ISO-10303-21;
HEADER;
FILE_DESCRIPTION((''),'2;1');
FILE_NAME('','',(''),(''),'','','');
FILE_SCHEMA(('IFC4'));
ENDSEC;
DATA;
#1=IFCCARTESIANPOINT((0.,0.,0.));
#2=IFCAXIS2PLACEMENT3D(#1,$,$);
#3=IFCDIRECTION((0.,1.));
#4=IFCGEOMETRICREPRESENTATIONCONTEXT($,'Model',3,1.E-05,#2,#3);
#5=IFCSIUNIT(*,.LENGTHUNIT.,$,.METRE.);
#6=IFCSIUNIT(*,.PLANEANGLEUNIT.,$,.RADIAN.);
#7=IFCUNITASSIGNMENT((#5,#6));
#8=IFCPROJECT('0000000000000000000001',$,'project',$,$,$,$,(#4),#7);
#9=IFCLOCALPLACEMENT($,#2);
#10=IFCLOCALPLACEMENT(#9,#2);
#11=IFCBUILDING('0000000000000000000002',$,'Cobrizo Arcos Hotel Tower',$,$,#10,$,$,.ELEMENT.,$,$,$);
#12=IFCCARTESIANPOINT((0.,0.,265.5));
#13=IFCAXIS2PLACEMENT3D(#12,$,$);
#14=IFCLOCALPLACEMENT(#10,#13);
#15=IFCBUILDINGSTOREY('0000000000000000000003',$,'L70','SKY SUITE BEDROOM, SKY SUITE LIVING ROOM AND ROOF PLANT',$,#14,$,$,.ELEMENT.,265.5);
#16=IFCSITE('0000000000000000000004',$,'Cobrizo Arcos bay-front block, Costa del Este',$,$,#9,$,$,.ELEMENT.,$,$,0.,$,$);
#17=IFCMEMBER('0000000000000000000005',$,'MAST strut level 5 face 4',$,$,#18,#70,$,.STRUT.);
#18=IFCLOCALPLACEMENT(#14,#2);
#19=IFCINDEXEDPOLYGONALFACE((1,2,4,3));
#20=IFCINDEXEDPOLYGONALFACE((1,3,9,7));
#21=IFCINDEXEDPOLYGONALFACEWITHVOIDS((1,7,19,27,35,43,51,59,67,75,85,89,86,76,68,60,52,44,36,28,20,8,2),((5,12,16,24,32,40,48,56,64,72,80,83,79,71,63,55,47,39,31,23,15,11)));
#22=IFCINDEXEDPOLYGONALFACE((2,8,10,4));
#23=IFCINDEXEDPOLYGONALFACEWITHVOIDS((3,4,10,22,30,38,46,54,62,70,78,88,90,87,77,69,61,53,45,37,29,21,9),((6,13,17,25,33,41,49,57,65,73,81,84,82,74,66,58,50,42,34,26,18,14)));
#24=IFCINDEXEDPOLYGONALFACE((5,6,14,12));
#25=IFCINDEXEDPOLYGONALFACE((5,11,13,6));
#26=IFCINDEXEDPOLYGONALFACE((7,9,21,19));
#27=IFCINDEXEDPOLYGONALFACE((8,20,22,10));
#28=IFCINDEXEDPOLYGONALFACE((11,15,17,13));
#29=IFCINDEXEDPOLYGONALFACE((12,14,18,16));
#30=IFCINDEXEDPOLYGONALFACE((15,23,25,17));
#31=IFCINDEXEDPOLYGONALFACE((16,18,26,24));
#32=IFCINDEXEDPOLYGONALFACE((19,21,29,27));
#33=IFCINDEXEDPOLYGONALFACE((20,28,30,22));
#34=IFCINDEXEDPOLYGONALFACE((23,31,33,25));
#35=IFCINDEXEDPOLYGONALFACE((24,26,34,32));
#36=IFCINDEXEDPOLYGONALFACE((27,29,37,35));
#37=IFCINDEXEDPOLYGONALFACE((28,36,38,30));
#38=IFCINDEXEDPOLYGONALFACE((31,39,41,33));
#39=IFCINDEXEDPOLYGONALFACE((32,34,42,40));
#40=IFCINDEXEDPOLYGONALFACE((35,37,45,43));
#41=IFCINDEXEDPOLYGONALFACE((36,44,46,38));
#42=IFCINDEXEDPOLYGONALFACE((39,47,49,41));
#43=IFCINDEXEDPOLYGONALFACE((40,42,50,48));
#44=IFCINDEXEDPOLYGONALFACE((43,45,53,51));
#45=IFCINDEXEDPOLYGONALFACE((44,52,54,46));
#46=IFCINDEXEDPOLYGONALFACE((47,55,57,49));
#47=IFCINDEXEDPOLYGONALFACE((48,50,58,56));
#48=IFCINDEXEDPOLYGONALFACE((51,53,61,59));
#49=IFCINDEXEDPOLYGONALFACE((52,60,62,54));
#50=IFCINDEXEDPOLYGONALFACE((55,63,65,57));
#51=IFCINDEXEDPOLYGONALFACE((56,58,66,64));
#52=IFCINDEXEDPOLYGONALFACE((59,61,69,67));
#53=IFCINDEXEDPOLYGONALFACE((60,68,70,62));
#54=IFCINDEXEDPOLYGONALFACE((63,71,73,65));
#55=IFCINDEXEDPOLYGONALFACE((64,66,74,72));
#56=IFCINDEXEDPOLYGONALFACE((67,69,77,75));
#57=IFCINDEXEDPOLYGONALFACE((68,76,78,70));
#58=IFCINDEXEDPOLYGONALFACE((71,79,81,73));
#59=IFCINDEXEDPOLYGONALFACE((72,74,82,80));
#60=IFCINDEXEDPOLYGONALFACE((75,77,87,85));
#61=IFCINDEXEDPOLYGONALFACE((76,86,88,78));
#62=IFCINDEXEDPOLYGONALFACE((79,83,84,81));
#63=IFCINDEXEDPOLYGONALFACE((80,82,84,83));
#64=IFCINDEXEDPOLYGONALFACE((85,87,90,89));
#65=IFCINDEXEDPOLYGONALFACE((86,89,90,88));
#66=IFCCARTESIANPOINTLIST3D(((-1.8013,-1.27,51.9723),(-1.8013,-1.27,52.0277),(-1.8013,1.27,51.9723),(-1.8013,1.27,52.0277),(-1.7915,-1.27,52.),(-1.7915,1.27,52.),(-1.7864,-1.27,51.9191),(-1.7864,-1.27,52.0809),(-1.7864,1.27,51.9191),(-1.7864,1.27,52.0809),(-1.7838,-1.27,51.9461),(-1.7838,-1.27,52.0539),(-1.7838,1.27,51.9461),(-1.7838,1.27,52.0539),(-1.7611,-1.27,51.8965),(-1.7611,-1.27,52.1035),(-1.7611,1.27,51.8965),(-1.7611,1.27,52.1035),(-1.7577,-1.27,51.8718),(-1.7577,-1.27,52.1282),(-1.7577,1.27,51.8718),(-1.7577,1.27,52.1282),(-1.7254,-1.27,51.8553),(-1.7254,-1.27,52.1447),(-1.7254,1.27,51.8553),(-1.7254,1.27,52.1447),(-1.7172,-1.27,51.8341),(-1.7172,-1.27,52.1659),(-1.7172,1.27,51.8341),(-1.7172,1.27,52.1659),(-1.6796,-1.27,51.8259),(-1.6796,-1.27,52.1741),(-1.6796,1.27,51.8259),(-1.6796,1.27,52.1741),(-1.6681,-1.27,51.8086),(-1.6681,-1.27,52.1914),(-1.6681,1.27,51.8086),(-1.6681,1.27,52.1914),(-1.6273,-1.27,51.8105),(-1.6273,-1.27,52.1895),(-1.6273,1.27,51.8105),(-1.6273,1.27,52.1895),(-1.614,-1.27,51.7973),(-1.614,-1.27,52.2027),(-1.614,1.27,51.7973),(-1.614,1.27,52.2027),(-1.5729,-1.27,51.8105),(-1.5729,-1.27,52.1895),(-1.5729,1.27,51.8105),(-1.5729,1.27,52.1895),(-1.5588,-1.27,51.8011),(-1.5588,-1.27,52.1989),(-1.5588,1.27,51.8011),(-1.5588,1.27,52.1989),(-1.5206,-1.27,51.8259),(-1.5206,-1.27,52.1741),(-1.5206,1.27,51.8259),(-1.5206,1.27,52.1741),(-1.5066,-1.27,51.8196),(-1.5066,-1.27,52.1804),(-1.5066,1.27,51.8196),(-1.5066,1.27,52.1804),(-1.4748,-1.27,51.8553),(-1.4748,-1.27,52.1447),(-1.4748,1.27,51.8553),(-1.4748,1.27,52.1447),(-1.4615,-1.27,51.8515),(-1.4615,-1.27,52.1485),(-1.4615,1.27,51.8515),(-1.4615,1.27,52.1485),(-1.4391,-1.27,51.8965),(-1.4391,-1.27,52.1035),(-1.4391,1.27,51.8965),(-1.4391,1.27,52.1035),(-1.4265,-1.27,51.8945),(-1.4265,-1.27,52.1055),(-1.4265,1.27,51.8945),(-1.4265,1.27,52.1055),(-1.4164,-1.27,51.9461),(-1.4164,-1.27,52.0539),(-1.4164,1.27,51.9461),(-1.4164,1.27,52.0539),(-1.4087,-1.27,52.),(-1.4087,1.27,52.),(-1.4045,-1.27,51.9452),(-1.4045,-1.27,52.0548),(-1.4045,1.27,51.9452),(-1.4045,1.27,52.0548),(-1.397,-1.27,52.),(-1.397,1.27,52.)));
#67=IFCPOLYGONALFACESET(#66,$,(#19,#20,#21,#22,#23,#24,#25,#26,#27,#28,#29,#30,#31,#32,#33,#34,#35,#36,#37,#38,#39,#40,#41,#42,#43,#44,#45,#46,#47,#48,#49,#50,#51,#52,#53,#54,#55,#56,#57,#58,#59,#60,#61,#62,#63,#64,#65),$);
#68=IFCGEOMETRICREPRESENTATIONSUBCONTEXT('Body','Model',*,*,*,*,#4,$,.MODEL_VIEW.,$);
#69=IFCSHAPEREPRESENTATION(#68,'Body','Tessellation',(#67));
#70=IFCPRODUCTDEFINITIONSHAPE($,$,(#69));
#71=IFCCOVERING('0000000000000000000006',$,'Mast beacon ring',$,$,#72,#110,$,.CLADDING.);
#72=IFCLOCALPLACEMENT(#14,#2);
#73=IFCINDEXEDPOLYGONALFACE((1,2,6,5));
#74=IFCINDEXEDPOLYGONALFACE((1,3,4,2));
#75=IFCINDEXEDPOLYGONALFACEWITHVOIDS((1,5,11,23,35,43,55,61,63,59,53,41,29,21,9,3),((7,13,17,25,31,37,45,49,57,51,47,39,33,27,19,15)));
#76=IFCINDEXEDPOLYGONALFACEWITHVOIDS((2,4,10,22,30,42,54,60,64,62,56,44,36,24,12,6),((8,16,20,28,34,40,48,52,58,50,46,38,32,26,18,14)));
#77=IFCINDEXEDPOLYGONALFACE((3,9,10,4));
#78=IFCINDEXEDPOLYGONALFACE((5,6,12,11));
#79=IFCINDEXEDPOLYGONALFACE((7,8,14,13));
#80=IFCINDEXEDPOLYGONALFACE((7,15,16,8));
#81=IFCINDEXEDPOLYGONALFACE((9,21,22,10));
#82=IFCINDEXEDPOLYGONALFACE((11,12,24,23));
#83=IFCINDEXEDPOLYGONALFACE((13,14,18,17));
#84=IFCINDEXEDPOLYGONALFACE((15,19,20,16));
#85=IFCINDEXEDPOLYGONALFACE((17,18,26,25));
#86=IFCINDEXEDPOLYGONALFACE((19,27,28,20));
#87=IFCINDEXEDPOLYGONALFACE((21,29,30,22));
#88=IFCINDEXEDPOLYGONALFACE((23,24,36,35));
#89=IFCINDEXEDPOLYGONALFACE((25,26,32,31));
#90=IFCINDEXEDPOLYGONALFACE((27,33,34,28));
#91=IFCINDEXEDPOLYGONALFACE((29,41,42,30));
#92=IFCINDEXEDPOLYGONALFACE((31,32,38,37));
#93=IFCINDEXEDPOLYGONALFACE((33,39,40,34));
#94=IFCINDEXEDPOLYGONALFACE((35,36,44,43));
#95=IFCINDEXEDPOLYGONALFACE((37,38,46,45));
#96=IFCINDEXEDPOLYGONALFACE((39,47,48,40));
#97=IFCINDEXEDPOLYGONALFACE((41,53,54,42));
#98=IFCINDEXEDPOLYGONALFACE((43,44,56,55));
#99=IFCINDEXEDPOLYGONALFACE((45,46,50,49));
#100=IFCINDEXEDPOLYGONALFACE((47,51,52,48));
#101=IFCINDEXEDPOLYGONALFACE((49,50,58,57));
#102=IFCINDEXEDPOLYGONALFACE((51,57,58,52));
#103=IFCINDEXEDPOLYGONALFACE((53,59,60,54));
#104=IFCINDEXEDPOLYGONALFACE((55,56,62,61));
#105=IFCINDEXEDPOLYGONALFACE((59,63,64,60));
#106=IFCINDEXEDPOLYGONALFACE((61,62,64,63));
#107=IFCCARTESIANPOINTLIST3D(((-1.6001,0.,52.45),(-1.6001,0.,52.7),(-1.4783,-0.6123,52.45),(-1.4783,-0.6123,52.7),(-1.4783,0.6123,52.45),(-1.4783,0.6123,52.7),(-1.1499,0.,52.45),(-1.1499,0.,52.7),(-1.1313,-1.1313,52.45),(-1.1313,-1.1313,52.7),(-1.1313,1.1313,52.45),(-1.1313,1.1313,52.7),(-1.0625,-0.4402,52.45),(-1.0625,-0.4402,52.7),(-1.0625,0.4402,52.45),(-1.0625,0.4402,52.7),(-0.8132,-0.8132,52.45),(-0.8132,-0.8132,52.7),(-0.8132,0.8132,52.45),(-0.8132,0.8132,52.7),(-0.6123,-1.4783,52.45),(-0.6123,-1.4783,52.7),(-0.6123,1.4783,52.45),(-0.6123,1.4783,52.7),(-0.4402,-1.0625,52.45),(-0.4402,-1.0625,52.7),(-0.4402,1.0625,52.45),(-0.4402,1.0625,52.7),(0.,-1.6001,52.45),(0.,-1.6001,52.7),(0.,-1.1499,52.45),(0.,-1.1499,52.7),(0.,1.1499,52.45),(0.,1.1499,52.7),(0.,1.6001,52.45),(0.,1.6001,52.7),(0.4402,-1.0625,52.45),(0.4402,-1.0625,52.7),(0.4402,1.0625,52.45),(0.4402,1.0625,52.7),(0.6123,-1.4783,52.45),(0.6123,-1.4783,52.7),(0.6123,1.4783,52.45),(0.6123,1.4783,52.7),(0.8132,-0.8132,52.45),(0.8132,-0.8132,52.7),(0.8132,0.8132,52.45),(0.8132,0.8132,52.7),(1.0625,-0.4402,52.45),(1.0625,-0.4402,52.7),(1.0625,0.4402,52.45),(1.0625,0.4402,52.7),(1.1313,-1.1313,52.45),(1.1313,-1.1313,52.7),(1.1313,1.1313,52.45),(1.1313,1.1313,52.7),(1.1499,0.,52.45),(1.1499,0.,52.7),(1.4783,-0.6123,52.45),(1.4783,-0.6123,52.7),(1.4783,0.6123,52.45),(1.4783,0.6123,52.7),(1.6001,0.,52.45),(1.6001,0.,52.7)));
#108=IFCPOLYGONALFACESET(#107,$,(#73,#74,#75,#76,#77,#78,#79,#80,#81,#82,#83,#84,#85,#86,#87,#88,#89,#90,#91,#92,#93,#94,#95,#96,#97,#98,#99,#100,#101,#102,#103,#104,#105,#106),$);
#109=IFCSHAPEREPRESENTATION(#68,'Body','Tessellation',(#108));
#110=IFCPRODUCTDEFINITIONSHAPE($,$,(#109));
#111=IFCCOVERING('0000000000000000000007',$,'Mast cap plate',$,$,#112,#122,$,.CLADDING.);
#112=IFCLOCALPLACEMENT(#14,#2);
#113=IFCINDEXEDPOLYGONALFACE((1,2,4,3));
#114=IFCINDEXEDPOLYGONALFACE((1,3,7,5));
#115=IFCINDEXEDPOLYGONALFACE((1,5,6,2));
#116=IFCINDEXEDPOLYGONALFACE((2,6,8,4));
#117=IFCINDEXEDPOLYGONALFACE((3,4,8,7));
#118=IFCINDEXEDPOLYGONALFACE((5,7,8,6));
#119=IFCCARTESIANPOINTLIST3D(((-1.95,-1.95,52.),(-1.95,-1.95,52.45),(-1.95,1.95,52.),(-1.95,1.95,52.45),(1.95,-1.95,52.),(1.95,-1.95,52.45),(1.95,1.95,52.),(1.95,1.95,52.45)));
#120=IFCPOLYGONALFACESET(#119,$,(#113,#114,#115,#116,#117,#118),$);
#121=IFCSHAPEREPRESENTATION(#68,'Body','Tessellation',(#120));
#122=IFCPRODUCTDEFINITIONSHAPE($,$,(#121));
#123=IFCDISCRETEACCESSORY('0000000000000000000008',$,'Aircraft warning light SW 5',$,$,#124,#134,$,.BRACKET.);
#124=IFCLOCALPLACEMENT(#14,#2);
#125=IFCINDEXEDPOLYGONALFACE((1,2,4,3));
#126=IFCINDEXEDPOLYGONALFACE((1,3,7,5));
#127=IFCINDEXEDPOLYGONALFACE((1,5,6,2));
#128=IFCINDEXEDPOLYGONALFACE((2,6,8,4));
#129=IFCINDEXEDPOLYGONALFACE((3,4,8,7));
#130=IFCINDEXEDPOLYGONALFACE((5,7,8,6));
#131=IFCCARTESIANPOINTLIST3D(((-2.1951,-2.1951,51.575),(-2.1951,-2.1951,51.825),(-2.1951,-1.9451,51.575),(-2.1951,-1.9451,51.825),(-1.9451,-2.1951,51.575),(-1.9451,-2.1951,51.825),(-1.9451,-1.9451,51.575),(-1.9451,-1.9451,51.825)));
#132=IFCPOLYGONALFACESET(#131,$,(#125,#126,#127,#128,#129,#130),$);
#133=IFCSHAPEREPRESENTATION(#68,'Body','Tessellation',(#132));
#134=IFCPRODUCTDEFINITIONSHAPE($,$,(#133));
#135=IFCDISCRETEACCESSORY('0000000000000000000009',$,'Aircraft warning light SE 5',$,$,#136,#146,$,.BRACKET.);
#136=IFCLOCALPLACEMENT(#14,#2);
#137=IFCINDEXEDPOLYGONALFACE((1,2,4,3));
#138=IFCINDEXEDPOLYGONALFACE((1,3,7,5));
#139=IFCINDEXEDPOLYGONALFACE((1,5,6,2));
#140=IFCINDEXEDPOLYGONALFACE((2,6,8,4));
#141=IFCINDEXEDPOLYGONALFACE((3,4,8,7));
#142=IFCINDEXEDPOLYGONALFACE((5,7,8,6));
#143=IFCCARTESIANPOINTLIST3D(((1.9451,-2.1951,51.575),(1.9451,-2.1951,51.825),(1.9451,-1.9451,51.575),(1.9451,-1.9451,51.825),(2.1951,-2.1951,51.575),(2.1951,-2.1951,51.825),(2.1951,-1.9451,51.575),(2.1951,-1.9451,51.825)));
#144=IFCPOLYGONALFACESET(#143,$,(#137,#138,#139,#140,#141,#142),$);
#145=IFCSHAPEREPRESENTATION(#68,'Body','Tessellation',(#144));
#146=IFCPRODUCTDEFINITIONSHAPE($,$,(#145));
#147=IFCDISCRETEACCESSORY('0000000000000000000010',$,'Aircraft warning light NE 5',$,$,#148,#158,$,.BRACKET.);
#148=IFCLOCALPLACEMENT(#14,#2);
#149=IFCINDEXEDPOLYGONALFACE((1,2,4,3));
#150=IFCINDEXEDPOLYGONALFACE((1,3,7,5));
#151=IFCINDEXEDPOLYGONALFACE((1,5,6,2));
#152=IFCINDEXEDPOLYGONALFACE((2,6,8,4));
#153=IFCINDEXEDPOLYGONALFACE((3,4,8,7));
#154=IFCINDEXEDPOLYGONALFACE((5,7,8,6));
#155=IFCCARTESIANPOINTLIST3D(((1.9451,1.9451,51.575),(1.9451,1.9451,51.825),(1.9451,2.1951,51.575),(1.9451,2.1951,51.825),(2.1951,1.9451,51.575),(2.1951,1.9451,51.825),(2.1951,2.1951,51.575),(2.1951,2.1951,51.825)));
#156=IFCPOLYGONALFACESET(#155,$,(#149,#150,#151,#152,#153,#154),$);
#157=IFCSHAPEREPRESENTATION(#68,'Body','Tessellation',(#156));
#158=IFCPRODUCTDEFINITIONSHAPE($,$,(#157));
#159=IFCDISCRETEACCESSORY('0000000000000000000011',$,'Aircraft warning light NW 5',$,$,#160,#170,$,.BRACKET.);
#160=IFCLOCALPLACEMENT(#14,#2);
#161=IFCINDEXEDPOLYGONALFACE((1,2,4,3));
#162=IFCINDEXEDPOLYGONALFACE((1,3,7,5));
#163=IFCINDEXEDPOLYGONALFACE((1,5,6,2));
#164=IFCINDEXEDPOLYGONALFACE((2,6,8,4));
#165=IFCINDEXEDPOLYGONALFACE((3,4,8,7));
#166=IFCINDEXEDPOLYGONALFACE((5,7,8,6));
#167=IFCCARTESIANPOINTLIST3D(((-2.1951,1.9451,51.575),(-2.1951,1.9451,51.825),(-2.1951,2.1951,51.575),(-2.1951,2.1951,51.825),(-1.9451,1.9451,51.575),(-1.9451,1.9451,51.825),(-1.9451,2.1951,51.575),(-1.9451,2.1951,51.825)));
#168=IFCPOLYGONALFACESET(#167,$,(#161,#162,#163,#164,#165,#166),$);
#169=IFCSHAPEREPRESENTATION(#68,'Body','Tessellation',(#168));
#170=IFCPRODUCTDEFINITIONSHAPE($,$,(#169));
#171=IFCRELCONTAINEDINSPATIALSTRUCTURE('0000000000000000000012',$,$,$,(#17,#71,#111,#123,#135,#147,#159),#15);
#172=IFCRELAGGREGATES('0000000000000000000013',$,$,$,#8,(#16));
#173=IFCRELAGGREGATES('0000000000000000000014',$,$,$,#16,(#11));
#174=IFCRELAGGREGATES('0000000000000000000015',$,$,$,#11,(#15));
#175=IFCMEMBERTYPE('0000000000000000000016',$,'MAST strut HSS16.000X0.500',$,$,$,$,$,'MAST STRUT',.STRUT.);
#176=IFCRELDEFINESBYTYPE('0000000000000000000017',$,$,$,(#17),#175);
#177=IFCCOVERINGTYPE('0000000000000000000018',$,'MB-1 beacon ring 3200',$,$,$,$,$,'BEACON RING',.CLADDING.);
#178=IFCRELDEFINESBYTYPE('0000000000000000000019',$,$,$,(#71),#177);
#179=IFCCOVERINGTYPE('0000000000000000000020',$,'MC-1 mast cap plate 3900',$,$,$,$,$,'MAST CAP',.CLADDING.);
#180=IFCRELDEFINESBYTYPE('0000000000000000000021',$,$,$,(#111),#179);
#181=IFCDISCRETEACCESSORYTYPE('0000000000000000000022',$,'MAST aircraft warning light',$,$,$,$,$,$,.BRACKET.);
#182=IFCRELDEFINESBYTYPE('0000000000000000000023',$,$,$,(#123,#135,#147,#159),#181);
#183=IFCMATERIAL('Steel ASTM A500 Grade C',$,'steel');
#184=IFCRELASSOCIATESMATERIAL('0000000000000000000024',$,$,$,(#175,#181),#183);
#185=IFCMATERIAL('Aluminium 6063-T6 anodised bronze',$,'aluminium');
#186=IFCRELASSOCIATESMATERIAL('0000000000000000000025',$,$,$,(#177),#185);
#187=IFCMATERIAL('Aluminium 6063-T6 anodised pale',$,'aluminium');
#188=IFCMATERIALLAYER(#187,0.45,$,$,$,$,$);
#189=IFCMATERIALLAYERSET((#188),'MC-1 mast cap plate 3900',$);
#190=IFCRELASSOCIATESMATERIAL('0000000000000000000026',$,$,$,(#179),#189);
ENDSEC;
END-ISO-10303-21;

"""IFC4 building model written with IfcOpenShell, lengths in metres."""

from ifc_helpers import new_model, si_unit, direction, frame, origin, origin_2d, place, context, subcontext, project, spatial, polyline, rectangle, hollow_circle, outline, extrude, material, layer, layer_set, material_profile, profile_set, type_object, element, save


model = new_model("IFC4")

# Units and contexts
model_context = context("Model", 3, precision=1e-05, world=origin(), true_north=direction((0.0, 1.0)))
body_context = subcontext(model_context, "Body", "Model", "MODEL_VIEW")
ifc_project = project(units=[si_unit("LENGTHUNIT", "METRE"), si_unit("PLANEANGLEUNIT", "RADIAN")], contexts=[model_context])

# Site, building, storey
site_placement = place(None, origin())
site = spatial("IfcSite", under=ifc_project, at=site_placement, Name="Cobrizo Arcos bay-front block, Costa del Este", CompositionType="ELEMENT", RefElevation=0.0)
building_placement = place(site_placement, origin())
building = spatial("IfcBuilding", under=site, at=building_placement, Name="Cobrizo Arcos Hotel Tower", CompositionType="ELEMENT")
storey_placement = place(building_placement, frame((0.0, 0.0, 265.5)))
storey = spatial("IfcBuildingStorey", under=building, at=storey_placement, Name="L70", Description="SKY SUITE BEDROOM, SKY SUITE LIVING ROOM AND ROOF PLANT", CompositionType="ELEMENT", Elevation=265.5)

# Member
ifc_material_1 = material(Name="Steel ASTM A500 Grade C", Category="steel")
ifc_material_profile_1 = material_profile(ifc_material_1, hollow_circle(Radius=0.2031, WallThickness=0.0117, at=origin_2d()), Name="HSS16.000X0.500")
ifc_profile_set_1 = profile_set([ifc_material_profile_1], Name="Steel ASTM A500 Grade C")
member_type_1 = type_object("IfcMemberType", Name="MAST strut HSS16.000X0.500", ElementType="MAST STRUT", PredefinedType="STRUT", material=ifc_profile_set_1)
for number, where, z_axis, x_axis, name in (
    (1, (-1.6001, 1.27, 52.0), (0.0, -1.0, 0.0), (1.0, 0.0, 0.0), "MAST strut level 5 face 4"),
):
    element("IfcMember", number, at=place(storey_placement, frame(where, z_axis=z_axis, x_axis=x_axis)), inside=storey, type_object=member_type_1, Name=name, PredefinedType="STRUT", context=body_context, shape_type="SweptSolid", body=[
        extrude(hollow_circle(Radius=0.2031, WallThickness=0.0117, at=origin_2d()), origin(), (0.0, 0.0, 1.0), 2.54),
    ])

# Coverings
ifc_material_2 = material(Name="Aluminium 6063-T6 anodised bronze", Category="aluminium")
covering_type_1 = type_object("IfcCoveringType", Name="MB-1 beacon ring 3200", ElementType="BEACON RING", PredefinedType="CLADDING", material=ifc_material_2)
covering_1_placement = place(storey_placement, frame((0.0, 0.0, 52.45)))
element("IfcCovering", 2, at=covering_1_placement, inside=storey, type_object=covering_type_1, Name="Mast beacon ring", PredefinedType="CLADDING", context=body_context, shape_type="SweptSolid", body=[
    extrude(outline(polyline([(1.6001, 0.0), (1.4783, 0.6123), (1.1313, 1.1313), (0.6123, 1.4783), (0.0, 1.6001), (-0.6123, 1.4783), (-1.1313, 1.1313), (-1.4783, 0.6123), (-1.6001, 0.0), (-1.4783, -0.6123), (-1.1313, -1.1313), (-0.6123, -1.4783), (0.0, -1.6001), (0.6123, -1.4783), (1.1313, -1.1313), (1.4783, -0.6123), (1.6001, 0.0)]), holes=[polyline([(1.1499, 0.0), (1.0625, 0.4402), (0.8132, 0.8132), (0.4402, 1.0625), (0.0, 1.1499), (-0.4402, 1.0625), (-0.8132, 0.8132), (-1.0625, 0.4402), (-1.1499, 0.0), (-1.0625, -0.4402), (-0.8132, -0.8132), (-0.4402, -1.0625), (0.0, -1.1499), (0.4402, -1.0625), (0.8132, -0.8132), (1.0625, -0.4402), (1.1499, 0.0)])]), origin(), (0.0, 0.0, 1.0), 0.25),
])
ifc_material_3 = material(Name="Aluminium 6063-T6 anodised pale", Category="aluminium")
ifc_layer = layer(ifc_material_3, 0.45)
ifc_layer_set = layer_set([ifc_layer], Name="MC-1 mast cap plate 3900")
covering_type_2 = type_object("IfcCoveringType", Name="MC-1 mast cap plate 3900", ElementType="MAST CAP", PredefinedType="CLADDING", material=ifc_layer_set)
covering_2_placement = place(storey_placement, frame((0.0, 0.0, 52.0), z_axis=(0.0, 0.0, 1.0), x_axis=(1.0, 0.0, 0.0)))
element("IfcCovering", 3, at=covering_2_placement, inside=storey, type_object=covering_type_2, Name="Mast cap plate", PredefinedType="CLADDING", context=body_context, shape_type="SweptSolid", body=[
    extrude(rectangle(XDim=3.8999, YDim=3.8999, at=origin_2d()), origin(), (0.0, 0.0, 1.0), 0.45),
])

# Discrete accessories
discrete_accessory_type = type_object("IfcDiscreteAccessoryType", Name="MAST aircraft warning light", PredefinedType="BRACKET", material=ifc_material_1)
for number, where, z_axis, x_axis, name in (
    (4, (-2.0701, -2.0701, 51.575), (0.0, 0.0, 1.0), (1.0, 0.0, 0.0), "Aircraft warning light SW 5"),
    (5, (2.0701, -2.0701, 51.575), (0.0, 0.0, 1.0), (1.0, 0.0, 0.0), "Aircraft warning light SE 5"),
    (6, (2.0701, 2.0701, 51.575), (0.0, 0.0, 1.0), (1.0, 0.0, 0.0), "Aircraft warning light NE 5"),
    (7, (-2.0701, 2.0701, 51.575), (0.0, 0.0, 1.0), (1.0, 0.0, 0.0), "Aircraft warning light NW 5"),
):
    element("IfcDiscreteAccessory", number, at=place(storey_placement, frame(where, z_axis=z_axis, x_axis=x_axis)), inside=storey, type_object=discrete_accessory_type, Name=name, PredefinedType="BRACKET", context=body_context, shape_type="SweptSolid", body=[
        extrude(rectangle(XDim=0.25, YDim=0.25, at=origin_2d()), origin(), (0.0, 0.0, 1.0), 0.25),
    ])

save(model, "model.ifc")
